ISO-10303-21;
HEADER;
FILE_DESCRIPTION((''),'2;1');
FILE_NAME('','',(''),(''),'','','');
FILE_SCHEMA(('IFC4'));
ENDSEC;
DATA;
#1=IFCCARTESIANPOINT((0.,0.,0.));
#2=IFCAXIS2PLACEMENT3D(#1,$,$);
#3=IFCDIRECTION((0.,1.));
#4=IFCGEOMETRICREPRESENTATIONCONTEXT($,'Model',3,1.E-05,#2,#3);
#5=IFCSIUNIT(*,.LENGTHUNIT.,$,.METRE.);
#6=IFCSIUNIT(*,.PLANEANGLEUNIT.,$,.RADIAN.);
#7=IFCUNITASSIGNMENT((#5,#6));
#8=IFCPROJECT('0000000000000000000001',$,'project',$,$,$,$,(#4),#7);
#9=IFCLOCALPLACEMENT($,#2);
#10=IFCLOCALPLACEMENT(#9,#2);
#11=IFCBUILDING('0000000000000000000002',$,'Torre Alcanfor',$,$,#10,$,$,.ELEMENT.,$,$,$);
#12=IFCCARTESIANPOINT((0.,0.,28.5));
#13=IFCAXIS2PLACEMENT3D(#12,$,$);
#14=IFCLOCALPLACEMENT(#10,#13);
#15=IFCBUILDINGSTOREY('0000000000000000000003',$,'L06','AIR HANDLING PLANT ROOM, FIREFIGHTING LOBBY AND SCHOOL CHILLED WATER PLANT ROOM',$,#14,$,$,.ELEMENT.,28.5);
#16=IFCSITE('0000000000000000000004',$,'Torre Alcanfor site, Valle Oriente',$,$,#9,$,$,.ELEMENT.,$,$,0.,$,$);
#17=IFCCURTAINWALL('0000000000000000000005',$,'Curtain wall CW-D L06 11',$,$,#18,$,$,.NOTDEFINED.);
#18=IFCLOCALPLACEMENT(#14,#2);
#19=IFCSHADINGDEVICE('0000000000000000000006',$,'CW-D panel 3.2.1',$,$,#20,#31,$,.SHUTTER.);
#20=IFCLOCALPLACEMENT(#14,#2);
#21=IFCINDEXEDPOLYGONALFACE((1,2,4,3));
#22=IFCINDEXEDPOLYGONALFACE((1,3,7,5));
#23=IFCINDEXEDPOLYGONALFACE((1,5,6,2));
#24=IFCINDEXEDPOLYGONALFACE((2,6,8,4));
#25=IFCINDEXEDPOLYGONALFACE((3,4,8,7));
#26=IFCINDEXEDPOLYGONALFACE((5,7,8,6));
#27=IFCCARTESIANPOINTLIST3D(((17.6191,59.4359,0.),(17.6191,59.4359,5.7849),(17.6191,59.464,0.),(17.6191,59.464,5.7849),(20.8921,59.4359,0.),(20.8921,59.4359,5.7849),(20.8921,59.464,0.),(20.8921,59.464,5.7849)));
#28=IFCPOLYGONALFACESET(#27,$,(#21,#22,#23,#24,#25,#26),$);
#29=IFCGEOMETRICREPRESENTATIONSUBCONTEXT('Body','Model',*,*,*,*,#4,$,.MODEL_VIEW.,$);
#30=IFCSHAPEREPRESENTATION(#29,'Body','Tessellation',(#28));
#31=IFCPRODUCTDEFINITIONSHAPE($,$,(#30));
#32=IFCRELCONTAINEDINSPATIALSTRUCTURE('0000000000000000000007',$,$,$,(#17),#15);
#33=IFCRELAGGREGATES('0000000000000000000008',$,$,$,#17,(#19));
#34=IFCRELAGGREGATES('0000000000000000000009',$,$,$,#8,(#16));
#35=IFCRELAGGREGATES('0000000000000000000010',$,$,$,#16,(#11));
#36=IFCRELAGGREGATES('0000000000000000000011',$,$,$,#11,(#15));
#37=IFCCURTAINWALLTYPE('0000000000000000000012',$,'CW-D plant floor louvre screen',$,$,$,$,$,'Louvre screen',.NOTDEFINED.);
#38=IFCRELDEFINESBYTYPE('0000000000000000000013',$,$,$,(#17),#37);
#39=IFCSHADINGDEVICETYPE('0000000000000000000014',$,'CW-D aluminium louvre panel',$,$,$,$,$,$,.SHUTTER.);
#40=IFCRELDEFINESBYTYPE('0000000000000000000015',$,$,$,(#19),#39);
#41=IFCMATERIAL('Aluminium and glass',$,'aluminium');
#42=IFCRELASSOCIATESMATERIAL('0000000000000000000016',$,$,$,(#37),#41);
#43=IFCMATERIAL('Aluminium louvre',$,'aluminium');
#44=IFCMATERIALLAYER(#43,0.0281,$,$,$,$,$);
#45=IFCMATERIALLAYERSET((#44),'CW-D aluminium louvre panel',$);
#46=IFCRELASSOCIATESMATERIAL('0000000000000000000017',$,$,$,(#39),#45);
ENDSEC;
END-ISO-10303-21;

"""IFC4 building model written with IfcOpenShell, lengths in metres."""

from ifc_helpers import new_model, si_unit, direction, frame, origin, origin_2d, place, context, subcontext, project, spatial, rectangle, extrude, material, layer, layer_set, type_object, element, aggregate, save


model = new_model("IFC4")

# Units and contexts
model_context = context("Model", 3, precision=1e-05, world=origin(), true_north=direction((0.0, 1.0)))
body_context = subcontext(model_context, "Body", "Model", "MODEL_VIEW")
ifc_project = project(units=[si_unit("LENGTHUNIT", "METRE"), si_unit("PLANEANGLEUNIT", "RADIAN")], contexts=[model_context])

# Site, building, storey
site_placement = place(None, origin())
site = spatial("IfcSite", under=ifc_project, at=site_placement, Name="Torre Alcanfor site, Valle Oriente", CompositionType="ELEMENT", RefElevation=0.0)
building_placement = place(site_placement, origin())
building = spatial("IfcBuilding", under=site, at=building_placement, Name="Torre Alcanfor", CompositionType="ELEMENT")
storey_placement = place(building_placement, frame((0.0, 0.0, 28.5)))
storey = spatial("IfcBuildingStorey", under=building, at=storey_placement, Name="L06", Description="AIR HANDLING PLANT ROOM, FIREFIGHTING LOBBY AND SCHOOL CHILLED WATER PLANT ROOM", CompositionType="ELEMENT", Elevation=28.5)

# Curtain wall
ifc_material_1 = material(Name="Aluminium and glass", Category="aluminium")
curtain_wall_type = type_object("IfcCurtainWallType", Name="CW-D plant floor louvre screen", ElementType="Louvre screen", PredefinedType="NOTDEFINED", material=ifc_material_1)
curtain_wall_1_placement = place(storey_placement, origin())
curtain_wall_1 = element("IfcCurtainWall", 1, at=curtain_wall_1_placement, inside=storey, type_object=curtain_wall_type, Name="Curtain wall CW-D L06 11", PredefinedType="NOTDEFINED")

# Shading device
ifc_material_2 = material(Name="Aluminium louvre", Category="aluminium")
ifc_layer_1 = layer(ifc_material_2, 0.0281)
ifc_layer_set_1 = layer_set([ifc_layer_1], Name="CW-D aluminium louvre panel")
shading_device_type = type_object("IfcShadingDeviceType", Name="CW-D aluminium louvre panel", PredefinedType="SHUTTER", material=ifc_layer_set_1)
shading_device_placement = place(storey_placement, frame((19.2556, 59.45, 0.0), z_axis=(0.0, 0.0, 1.0), x_axis=(-1.0, 0.0, 0.0)))
shading_device = element("IfcShadingDevice", 2, at=shading_device_placement, type_object=shading_device_type, Name="CW-D panel 3.2.1", PredefinedType="SHUTTER", context=body_context, shape_type="SweptSolid", body=[
    extrude(rectangle(XDim=3.2729, YDim=0.0281, at=origin_2d()), origin(), (0.0, 0.0, 1.0), 5.7849),
])
aggregate(curtain_wall_1, [shading_device])

save(model, "model.ifc")
